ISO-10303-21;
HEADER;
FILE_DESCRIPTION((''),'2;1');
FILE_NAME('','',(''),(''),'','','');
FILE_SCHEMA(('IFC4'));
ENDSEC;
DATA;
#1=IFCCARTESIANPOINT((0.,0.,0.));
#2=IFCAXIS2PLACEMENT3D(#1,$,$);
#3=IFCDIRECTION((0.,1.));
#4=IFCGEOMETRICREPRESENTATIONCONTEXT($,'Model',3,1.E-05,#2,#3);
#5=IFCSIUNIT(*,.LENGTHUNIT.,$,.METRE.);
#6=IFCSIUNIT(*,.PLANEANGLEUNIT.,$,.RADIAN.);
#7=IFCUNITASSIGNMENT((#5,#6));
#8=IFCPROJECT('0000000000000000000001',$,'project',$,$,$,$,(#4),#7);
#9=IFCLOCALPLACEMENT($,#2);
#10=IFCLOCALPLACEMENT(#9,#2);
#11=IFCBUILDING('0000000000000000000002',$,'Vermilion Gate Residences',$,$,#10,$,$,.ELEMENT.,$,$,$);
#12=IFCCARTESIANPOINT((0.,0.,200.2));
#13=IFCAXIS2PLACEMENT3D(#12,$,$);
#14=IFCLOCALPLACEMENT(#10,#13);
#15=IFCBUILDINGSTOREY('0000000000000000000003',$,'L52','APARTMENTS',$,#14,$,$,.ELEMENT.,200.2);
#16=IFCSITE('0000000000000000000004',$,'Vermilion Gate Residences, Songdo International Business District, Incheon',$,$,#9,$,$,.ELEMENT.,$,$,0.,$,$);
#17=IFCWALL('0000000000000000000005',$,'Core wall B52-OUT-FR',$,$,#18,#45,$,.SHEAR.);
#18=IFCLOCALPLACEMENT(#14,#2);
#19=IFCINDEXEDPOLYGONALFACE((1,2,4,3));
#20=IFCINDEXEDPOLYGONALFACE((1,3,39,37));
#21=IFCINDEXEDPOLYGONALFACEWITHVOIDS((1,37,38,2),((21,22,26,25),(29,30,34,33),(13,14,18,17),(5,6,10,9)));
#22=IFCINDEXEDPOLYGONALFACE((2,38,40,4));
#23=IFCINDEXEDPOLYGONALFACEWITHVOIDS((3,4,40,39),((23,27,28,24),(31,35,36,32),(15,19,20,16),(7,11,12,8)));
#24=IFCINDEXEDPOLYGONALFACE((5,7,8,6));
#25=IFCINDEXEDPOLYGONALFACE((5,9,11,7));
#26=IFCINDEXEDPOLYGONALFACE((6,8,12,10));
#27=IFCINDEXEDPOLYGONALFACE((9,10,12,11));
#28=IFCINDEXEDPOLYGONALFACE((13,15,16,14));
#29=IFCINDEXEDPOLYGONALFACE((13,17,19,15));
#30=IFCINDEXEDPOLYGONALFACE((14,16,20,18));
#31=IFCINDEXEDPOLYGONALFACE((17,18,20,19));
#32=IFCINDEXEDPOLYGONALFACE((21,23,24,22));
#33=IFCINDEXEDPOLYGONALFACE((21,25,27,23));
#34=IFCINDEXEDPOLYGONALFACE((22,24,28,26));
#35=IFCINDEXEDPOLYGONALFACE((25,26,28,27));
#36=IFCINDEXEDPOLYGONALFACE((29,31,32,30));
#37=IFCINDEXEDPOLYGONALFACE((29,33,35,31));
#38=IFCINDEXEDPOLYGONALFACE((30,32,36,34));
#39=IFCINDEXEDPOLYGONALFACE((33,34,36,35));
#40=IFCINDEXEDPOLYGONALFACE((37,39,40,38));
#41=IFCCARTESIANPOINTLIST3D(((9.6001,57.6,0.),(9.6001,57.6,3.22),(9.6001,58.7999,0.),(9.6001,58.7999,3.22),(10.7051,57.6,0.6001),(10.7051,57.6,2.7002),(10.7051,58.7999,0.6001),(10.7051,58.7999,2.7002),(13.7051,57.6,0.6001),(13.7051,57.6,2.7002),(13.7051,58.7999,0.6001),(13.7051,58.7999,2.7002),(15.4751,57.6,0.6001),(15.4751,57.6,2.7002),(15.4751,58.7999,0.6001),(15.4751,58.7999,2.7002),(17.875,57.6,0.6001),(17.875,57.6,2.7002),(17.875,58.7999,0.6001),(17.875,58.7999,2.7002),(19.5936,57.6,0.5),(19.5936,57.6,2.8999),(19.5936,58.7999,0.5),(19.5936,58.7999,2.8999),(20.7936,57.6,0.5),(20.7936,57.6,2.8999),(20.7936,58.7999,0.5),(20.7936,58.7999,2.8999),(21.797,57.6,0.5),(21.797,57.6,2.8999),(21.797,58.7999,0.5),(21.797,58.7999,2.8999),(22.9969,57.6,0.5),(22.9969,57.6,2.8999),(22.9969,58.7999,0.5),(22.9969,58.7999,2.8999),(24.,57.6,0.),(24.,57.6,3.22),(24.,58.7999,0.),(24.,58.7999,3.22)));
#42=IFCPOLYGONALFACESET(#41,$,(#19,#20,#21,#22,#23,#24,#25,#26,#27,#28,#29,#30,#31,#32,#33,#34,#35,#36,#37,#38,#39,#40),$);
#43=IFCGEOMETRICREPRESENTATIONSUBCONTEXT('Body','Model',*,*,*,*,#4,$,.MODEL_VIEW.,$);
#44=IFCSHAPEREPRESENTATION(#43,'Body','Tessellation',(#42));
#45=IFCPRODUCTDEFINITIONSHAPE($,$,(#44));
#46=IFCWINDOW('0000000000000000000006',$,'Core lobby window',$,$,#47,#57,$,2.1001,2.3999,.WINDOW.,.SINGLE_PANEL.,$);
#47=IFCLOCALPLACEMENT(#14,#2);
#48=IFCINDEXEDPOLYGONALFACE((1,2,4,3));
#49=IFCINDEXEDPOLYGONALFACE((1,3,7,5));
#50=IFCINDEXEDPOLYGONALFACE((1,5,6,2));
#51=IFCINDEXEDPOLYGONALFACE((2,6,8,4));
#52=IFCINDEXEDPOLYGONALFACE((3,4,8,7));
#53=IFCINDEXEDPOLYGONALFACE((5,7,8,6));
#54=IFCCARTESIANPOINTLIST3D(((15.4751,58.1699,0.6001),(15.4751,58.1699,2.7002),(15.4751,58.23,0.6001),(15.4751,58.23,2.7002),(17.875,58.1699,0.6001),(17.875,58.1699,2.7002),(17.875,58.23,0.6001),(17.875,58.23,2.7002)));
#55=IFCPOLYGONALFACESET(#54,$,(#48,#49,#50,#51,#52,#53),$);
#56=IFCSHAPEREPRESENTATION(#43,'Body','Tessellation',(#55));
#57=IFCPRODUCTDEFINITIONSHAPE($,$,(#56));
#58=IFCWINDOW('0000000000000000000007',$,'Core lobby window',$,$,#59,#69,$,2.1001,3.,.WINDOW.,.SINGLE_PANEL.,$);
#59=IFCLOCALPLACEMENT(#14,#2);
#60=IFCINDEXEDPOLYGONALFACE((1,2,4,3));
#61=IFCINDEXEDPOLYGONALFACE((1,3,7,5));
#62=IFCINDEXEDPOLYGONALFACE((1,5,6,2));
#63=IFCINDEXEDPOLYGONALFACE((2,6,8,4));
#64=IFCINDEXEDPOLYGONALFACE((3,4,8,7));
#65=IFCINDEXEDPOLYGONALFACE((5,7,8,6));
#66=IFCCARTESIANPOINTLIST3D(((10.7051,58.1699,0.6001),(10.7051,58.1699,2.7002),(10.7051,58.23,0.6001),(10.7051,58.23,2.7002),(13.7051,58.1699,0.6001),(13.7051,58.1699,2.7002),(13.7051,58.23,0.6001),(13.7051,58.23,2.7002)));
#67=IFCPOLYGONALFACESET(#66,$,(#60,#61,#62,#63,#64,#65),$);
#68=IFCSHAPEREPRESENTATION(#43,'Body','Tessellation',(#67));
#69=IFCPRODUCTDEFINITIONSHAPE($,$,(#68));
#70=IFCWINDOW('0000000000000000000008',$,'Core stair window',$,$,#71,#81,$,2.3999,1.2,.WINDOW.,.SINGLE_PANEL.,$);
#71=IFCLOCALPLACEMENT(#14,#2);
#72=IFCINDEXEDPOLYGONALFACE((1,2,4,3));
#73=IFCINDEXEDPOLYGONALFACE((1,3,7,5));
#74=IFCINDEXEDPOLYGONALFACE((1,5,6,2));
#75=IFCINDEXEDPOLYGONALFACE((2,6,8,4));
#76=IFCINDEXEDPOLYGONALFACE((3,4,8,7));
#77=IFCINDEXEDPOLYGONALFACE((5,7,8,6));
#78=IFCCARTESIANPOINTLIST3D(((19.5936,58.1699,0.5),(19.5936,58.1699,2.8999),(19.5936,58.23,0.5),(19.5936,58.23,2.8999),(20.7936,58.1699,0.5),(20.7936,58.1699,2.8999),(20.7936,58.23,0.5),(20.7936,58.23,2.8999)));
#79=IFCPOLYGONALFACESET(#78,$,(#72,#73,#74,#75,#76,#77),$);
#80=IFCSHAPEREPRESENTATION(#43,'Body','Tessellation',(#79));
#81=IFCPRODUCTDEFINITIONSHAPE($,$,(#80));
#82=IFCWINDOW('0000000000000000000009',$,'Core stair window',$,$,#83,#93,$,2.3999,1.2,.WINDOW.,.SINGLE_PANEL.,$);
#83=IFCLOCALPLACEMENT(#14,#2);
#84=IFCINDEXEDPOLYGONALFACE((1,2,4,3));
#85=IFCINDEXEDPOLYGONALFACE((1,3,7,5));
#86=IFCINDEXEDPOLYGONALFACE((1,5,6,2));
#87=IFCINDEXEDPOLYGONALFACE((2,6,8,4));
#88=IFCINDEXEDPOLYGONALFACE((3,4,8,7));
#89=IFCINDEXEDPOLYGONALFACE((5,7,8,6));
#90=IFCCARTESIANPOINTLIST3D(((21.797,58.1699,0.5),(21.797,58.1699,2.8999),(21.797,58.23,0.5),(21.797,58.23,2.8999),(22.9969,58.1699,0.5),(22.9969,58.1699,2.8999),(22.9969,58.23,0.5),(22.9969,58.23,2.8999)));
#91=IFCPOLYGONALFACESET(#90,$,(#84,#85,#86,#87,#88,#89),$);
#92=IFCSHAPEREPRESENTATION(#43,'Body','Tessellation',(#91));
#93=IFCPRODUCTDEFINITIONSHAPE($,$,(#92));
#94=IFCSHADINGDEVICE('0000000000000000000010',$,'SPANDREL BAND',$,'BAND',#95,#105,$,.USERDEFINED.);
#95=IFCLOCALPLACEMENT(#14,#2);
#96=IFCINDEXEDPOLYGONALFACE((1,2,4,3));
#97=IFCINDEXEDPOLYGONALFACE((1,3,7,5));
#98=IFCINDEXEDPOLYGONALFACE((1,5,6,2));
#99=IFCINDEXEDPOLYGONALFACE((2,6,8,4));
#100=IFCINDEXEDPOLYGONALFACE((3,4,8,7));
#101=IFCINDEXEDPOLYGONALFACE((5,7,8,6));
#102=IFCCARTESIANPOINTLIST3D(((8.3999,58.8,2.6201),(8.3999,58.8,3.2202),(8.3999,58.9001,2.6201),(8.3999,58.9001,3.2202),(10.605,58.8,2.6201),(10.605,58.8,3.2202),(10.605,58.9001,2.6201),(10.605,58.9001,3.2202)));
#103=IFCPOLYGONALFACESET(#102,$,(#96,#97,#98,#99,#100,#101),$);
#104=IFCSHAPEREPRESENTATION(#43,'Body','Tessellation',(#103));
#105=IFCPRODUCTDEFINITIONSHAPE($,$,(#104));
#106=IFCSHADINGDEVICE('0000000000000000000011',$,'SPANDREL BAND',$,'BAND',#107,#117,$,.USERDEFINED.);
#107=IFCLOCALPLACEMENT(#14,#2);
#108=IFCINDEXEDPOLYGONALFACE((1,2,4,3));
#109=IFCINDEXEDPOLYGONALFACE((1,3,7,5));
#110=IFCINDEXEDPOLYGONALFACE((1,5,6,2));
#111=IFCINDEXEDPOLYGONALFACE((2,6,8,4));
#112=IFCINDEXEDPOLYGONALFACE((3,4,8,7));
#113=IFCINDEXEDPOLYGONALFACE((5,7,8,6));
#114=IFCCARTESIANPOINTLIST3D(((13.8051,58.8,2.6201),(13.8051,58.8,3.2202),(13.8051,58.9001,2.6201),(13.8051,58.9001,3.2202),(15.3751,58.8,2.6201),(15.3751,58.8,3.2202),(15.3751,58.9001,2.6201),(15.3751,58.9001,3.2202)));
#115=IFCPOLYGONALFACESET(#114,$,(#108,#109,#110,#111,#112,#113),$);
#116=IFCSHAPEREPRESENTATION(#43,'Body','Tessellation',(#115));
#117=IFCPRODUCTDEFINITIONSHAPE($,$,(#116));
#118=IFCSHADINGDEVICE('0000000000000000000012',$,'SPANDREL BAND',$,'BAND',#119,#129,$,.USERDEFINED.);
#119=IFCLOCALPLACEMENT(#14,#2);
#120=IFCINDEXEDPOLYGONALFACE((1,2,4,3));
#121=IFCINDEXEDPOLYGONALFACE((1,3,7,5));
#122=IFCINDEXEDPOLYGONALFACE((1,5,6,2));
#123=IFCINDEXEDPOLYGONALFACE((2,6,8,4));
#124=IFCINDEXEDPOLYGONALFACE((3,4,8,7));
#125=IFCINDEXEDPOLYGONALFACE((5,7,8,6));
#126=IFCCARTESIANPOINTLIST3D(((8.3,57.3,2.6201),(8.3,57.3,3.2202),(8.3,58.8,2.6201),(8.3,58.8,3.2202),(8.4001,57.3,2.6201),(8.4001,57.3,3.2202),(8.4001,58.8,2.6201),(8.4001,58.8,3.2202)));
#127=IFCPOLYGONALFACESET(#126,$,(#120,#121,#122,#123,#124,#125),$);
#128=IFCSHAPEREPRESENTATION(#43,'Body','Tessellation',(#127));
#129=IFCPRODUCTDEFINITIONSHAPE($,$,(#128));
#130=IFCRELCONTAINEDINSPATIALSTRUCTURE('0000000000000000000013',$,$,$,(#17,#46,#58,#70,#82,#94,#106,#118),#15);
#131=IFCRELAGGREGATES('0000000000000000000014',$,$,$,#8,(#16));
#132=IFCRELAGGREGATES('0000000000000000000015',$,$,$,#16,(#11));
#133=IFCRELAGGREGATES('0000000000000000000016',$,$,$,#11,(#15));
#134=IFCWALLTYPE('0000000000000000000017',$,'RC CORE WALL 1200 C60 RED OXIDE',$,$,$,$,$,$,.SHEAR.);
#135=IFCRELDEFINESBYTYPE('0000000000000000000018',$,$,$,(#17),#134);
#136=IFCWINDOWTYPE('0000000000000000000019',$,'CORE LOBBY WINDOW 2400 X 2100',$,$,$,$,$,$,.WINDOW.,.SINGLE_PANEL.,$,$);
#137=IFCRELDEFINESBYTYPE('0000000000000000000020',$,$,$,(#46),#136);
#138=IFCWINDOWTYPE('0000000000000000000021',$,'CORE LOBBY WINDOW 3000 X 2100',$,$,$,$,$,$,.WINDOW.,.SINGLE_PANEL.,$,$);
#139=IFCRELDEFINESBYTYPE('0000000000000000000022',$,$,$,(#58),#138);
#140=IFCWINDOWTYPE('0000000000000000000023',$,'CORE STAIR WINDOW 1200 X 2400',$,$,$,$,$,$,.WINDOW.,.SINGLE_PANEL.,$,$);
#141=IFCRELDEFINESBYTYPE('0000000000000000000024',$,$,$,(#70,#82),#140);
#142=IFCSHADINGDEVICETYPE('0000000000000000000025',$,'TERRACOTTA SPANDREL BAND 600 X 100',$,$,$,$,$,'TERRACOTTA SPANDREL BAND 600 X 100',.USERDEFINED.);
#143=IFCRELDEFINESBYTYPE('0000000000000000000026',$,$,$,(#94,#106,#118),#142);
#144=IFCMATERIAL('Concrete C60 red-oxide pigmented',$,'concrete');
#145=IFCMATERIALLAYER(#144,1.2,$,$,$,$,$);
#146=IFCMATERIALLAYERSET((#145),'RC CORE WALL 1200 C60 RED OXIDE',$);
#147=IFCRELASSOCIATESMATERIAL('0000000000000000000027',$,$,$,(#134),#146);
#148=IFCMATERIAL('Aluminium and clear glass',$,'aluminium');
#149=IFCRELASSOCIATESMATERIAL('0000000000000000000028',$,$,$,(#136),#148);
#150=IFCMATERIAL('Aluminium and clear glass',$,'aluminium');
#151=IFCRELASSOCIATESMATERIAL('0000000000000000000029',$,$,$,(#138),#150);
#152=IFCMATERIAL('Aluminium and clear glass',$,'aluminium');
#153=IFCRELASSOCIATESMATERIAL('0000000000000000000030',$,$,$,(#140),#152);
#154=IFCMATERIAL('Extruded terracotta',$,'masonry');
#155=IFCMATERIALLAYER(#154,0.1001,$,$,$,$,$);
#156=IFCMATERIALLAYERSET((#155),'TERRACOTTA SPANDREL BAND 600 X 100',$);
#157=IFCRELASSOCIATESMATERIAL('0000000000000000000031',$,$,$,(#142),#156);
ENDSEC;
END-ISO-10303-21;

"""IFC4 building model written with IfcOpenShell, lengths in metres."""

from ifc_helpers import new_model, si_unit, direction, frame, frame_2d, origin, origin_2d, place, context, subcontext, project, spatial, rectangle, extrude, material, layer, layer_set, type_object, element, fill, save


model = new_model("IFC4")

# Units and contexts
model_context = context("Model", 3, precision=1e-05, world=origin(), true_north=direction((0.0, 1.0)))
body_context = subcontext(model_context, "Body", "Model", "MODEL_VIEW")
ifc_project = project(units=[si_unit("LENGTHUNIT", "METRE"), si_unit("PLANEANGLEUNIT", "RADIAN")], contexts=[model_context])

# Site, building, storey
site_placement = place(None, origin())
site = spatial("IfcSite", under=ifc_project, at=site_placement, Name="Vermilion Gate Residences, Songdo International Business District, Incheon", CompositionType="ELEMENT", RefElevation=0.0)
building_placement = place(site_placement, origin())
building = spatial("IfcBuilding", under=site, at=building_placement, Name="Vermilion Gate Residences", CompositionType="ELEMENT")
storey_placement = place(building_placement, frame((0.0, 0.0, 200.2)))
storey = spatial("IfcBuildingStorey", under=building, at=storey_placement, Name="L52", Description="APARTMENTS", CompositionType="ELEMENT", Elevation=200.2)

# Wall, openings, windows
ifc_material_1 = material(Name="Concrete C60 red-oxide pigmented", Category="concrete")
ifc_layer_1 = layer(ifc_material_1, 1.2)
ifc_layer_set_1 = layer_set([ifc_layer_1], Name="RC CORE WALL 1200 C60 RED OXIDE")
wall_type_1 = type_object("IfcWallType", Name="RC CORE WALL 1200 C60 RED OXIDE", PredefinedType="SHEAR", material=ifc_layer_set_1)
ifc_material_2 = material(Name="Aluminium and clear glass", Category="aluminium")
window_type_1 = type_object("IfcWindowType", Name="CORE LOBBY WINDOW 2400 X 2100", PartitioningType="SINGLE_PANEL", PredefinedType="WINDOW", material=ifc_material_2)
wall_1_placement = place(storey_placement, frame((9.6001, 58.2, 0.0), z_axis=(0.0, 0.0, 1.0), x_axis=(1.0, 0.0, 0.0)))
wall_1 = element("IfcWall", 1, at=wall_1_placement, inside=storey, type_object=wall_type_1, Name="Core wall B52-OUT-FR", PredefinedType="SHEAR", context=body_context, shape_type="SweptSolid", body=[
    extrude(rectangle(XDim=14.3999, YDim=1.2, at=frame_2d((7.2, 0.0))), origin(), (0.0, 0.0, 1.0), 3.22),
])
opening_1_placement = place(wall_1_placement, frame((1.105, 0.0, 0.6001)))
opening_1 = element("IfcOpeningElement", 2, at=opening_1_placement, cuts=wall_1, PredefinedType="OPENING", context=body_context, shape_type="SweptSolid", body=[
    extrude(rectangle(XDim=3.0, YDim=2.1001, at=frame_2d((1.5, 1.05))), frame((0.0, 0.6099, 0.0), z_axis=(0.0, -1.0, 0.0), x_axis=(1.0, 0.0, 0.0)), (0.0, 0.0, 1.0), 1.22),
])
opening_2_placement = place(wall_1_placement, frame((5.875, 0.0, 0.6001)))
opening_2 = element("IfcOpeningElement", 3, at=opening_2_placement, cuts=wall_1, PredefinedType="OPENING", context=body_context, shape_type="SweptSolid", body=[
    extrude(rectangle(XDim=2.3999, YDim=2.1001, at=frame_2d((1.2, 1.05))), frame((0.0, 0.6099, 0.0), z_axis=(0.0, -1.0, 0.0), x_axis=(1.0, 0.0, 0.0)), (0.0, 0.0, 1.0), 1.22),
])
opening_3_placement = place(wall_1_placement, frame((9.9934, 0.0, 0.5)))
opening_3 = element("IfcOpeningElement", 4, at=opening_3_placement, cuts=wall_1, PredefinedType="OPENING", context=body_context, shape_type="SweptSolid", body=[
    extrude(rectangle(XDim=1.2, YDim=2.3999, at=frame_2d((0.6001, 1.2))), frame((0.0, 0.6099, 0.0), z_axis=(0.0, -1.0, 0.0), x_axis=(1.0, 0.0, 0.0)), (0.0, 0.0, 1.0), 1.22),
])
opening_4_placement = place(wall_1_placement, frame((12.1968, 0.0, 0.5)))
opening_4 = element("IfcOpeningElement", 5, at=opening_4_placement, cuts=wall_1, PredefinedType="OPENING", context=body_context, shape_type="SweptSolid", body=[
    extrude(rectangle(XDim=1.2, YDim=2.3999, at=frame_2d((0.6001, 1.2))), frame((0.0, 0.6099, 0.0), z_axis=(0.0, -1.0, 0.0), x_axis=(1.0, 0.0, 0.0)), (0.0, 0.0, 1.0), 1.22),
])
window_1_placement = place(opening_2_placement, origin())
window_1 = element("IfcWindow", 6, at=window_1_placement, inside=storey, type_object=window_type_1, Name="Core lobby window", OverallHeight=2.1001, OverallWidth=2.3999, PartitioningType="SINGLE_PANEL", PredefinedType="WINDOW", context=body_context, shape_type="SweptSolid", body=[
    extrude(rectangle(XDim=2.3999, YDim=2.1001, at=frame_2d((1.2, 1.05))), frame((0.0, 0.03, 0.0), z_axis=(0.0, -1.0, 0.0), x_axis=(1.0, 0.0, 0.0)), (0.0, 0.0, 1.0), 0.0601),
])
fill(opening_2, window_1)
ifc_material_3 = material(Name="Aluminium and clear glass", Category="aluminium")
window_type_2 = type_object("IfcWindowType", Name="CORE LOBBY WINDOW 3000 X 2100", PartitioningType="SINGLE_PANEL", PredefinedType="WINDOW", material=ifc_material_3)
window_2_placement = place(opening_1_placement, origin())
window_2 = element("IfcWindow", 7, at=window_2_placement, inside=storey, type_object=window_type_2, Name="Core lobby window", OverallHeight=2.1001, OverallWidth=3.0, PartitioningType="SINGLE_PANEL", PredefinedType="WINDOW", context=body_context, shape_type="SweptSolid", body=[
    extrude(rectangle(XDim=3.0, YDim=2.1001, at=frame_2d((1.5, 1.05))), frame((0.0, 0.03, 0.0), z_axis=(0.0, -1.0, 0.0), x_axis=(1.0, 0.0, 0.0)), (0.0, 0.0, 1.0), 0.0601),
])
fill(opening_1, window_2)
ifc_material_4 = material(Name="Aluminium and clear glass", Category="aluminium")
window_type_3 = type_object("IfcWindowType", Name="CORE STAIR WINDOW 1200 X 2400", PartitioningType="SINGLE_PANEL", PredefinedType="WINDOW", material=ifc_material_4)
window_3_placement = place(opening_3_placement, origin())
window_3 = element("IfcWindow", 8, at=window_3_placement, inside=storey, type_object=window_type_3, Name="Core stair window", OverallHeight=2.3999, OverallWidth=1.2, PartitioningType="SINGLE_PANEL", PredefinedType="WINDOW", context=body_context, shape_type="SweptSolid", body=[
    extrude(rectangle(XDim=1.2, YDim=2.3999, at=frame_2d((0.6001, 1.2))), frame((0.0, 0.03, 0.0), z_axis=(0.0, -1.0, 0.0), x_axis=(1.0, 0.0, 0.0)), (0.0, 0.0, 1.0), 0.0601),
])
fill(opening_3, window_3)
window_4_placement = place(opening_4_placement, origin())
window_4 = element("IfcWindow", 9, at=window_4_placement, inside=storey, type_object=window_type_3, Name="Core stair window", OverallHeight=2.3999, OverallWidth=1.2, PartitioningType="SINGLE_PANEL", PredefinedType="WINDOW", context=body_context, shape_type="SweptSolid", body=[
    extrude(rectangle(XDim=1.2, YDim=2.3999, at=frame_2d((0.6001, 1.2))), frame((0.0, 0.03, 0.0), z_axis=(0.0, -1.0, 0.0), x_axis=(1.0, 0.0, 0.0)), (0.0, 0.0, 1.0), 0.0601),
])
fill(opening_4, window_4)

# Shading devices
ifc_material_5 = material(Name="Extruded terracotta", Category="masonry")
ifc_layer_2 = layer(ifc_material_5, 0.1001)
ifc_layer_set_2 = layer_set([ifc_layer_2], Name="TERRACOTTA SPANDREL BAND 600 X 100")
shading_device_type = type_object("IfcShadingDeviceType", Name="TERRACOTTA SPANDREL BAND 600 X 100", ElementType="TERRACOTTA SPANDREL BAND 600 X 100", PredefinedType="USERDEFINED", material=ifc_layer_set_2)
shading_device_1_placement = place(storey_placement, frame((9.5024, 58.8501, 2.6201), z_axis=(0.0, 0.0, 1.0), x_axis=(1.0, 0.0, 0.0)))
element("IfcShadingDevice", 10, at=shading_device_1_placement, inside=storey, type_object=shading_device_type, Name="SPANDREL BAND", ObjectType="BAND", PredefinedType="USERDEFINED", context=body_context, shape_type="SweptSolid", body=[
    extrude(rectangle(XDim=2.2051, YDim=0.1001, at=origin_2d()), origin(), (0.0, 0.0, 1.0), 0.6001),
])
shading_device_2_placement = place(storey_placement, frame((14.5901, 58.8501, 2.6201), z_axis=(0.0, 0.0, 1.0), x_axis=(1.0, 0.0, 0.0)))
element("IfcShadingDevice", 11, at=shading_device_2_placement, inside=storey, type_object=shading_device_type, Name="SPANDREL BAND", ObjectType="BAND", PredefinedType="USERDEFINED", context=body_context, shape_type="SweptSolid", body=[
    extrude(rectangle(XDim=1.5701, YDim=0.1001, at=origin_2d()), origin(), (0.0, 0.0, 1.0), 0.6001),
])
shading_device_3_placement = place(storey_placement, frame((8.3501, 58.05, 2.6201), z_axis=(0.0, 0.0, 1.0), x_axis=(0.0, 1.0, 0.0)))
element("IfcShadingDevice", 12, at=shading_device_3_placement, inside=storey, type_object=shading_device_type, Name="SPANDREL BAND", ObjectType="BAND", PredefinedType="USERDEFINED", context=body_context, shape_type="SweptSolid", body=[
    extrude(rectangle(XDim=1.5, YDim=0.1001, at=origin_2d()), origin(), (0.0, 0.0, 1.0), 0.6001),
])

save(model, "model.ifc")
